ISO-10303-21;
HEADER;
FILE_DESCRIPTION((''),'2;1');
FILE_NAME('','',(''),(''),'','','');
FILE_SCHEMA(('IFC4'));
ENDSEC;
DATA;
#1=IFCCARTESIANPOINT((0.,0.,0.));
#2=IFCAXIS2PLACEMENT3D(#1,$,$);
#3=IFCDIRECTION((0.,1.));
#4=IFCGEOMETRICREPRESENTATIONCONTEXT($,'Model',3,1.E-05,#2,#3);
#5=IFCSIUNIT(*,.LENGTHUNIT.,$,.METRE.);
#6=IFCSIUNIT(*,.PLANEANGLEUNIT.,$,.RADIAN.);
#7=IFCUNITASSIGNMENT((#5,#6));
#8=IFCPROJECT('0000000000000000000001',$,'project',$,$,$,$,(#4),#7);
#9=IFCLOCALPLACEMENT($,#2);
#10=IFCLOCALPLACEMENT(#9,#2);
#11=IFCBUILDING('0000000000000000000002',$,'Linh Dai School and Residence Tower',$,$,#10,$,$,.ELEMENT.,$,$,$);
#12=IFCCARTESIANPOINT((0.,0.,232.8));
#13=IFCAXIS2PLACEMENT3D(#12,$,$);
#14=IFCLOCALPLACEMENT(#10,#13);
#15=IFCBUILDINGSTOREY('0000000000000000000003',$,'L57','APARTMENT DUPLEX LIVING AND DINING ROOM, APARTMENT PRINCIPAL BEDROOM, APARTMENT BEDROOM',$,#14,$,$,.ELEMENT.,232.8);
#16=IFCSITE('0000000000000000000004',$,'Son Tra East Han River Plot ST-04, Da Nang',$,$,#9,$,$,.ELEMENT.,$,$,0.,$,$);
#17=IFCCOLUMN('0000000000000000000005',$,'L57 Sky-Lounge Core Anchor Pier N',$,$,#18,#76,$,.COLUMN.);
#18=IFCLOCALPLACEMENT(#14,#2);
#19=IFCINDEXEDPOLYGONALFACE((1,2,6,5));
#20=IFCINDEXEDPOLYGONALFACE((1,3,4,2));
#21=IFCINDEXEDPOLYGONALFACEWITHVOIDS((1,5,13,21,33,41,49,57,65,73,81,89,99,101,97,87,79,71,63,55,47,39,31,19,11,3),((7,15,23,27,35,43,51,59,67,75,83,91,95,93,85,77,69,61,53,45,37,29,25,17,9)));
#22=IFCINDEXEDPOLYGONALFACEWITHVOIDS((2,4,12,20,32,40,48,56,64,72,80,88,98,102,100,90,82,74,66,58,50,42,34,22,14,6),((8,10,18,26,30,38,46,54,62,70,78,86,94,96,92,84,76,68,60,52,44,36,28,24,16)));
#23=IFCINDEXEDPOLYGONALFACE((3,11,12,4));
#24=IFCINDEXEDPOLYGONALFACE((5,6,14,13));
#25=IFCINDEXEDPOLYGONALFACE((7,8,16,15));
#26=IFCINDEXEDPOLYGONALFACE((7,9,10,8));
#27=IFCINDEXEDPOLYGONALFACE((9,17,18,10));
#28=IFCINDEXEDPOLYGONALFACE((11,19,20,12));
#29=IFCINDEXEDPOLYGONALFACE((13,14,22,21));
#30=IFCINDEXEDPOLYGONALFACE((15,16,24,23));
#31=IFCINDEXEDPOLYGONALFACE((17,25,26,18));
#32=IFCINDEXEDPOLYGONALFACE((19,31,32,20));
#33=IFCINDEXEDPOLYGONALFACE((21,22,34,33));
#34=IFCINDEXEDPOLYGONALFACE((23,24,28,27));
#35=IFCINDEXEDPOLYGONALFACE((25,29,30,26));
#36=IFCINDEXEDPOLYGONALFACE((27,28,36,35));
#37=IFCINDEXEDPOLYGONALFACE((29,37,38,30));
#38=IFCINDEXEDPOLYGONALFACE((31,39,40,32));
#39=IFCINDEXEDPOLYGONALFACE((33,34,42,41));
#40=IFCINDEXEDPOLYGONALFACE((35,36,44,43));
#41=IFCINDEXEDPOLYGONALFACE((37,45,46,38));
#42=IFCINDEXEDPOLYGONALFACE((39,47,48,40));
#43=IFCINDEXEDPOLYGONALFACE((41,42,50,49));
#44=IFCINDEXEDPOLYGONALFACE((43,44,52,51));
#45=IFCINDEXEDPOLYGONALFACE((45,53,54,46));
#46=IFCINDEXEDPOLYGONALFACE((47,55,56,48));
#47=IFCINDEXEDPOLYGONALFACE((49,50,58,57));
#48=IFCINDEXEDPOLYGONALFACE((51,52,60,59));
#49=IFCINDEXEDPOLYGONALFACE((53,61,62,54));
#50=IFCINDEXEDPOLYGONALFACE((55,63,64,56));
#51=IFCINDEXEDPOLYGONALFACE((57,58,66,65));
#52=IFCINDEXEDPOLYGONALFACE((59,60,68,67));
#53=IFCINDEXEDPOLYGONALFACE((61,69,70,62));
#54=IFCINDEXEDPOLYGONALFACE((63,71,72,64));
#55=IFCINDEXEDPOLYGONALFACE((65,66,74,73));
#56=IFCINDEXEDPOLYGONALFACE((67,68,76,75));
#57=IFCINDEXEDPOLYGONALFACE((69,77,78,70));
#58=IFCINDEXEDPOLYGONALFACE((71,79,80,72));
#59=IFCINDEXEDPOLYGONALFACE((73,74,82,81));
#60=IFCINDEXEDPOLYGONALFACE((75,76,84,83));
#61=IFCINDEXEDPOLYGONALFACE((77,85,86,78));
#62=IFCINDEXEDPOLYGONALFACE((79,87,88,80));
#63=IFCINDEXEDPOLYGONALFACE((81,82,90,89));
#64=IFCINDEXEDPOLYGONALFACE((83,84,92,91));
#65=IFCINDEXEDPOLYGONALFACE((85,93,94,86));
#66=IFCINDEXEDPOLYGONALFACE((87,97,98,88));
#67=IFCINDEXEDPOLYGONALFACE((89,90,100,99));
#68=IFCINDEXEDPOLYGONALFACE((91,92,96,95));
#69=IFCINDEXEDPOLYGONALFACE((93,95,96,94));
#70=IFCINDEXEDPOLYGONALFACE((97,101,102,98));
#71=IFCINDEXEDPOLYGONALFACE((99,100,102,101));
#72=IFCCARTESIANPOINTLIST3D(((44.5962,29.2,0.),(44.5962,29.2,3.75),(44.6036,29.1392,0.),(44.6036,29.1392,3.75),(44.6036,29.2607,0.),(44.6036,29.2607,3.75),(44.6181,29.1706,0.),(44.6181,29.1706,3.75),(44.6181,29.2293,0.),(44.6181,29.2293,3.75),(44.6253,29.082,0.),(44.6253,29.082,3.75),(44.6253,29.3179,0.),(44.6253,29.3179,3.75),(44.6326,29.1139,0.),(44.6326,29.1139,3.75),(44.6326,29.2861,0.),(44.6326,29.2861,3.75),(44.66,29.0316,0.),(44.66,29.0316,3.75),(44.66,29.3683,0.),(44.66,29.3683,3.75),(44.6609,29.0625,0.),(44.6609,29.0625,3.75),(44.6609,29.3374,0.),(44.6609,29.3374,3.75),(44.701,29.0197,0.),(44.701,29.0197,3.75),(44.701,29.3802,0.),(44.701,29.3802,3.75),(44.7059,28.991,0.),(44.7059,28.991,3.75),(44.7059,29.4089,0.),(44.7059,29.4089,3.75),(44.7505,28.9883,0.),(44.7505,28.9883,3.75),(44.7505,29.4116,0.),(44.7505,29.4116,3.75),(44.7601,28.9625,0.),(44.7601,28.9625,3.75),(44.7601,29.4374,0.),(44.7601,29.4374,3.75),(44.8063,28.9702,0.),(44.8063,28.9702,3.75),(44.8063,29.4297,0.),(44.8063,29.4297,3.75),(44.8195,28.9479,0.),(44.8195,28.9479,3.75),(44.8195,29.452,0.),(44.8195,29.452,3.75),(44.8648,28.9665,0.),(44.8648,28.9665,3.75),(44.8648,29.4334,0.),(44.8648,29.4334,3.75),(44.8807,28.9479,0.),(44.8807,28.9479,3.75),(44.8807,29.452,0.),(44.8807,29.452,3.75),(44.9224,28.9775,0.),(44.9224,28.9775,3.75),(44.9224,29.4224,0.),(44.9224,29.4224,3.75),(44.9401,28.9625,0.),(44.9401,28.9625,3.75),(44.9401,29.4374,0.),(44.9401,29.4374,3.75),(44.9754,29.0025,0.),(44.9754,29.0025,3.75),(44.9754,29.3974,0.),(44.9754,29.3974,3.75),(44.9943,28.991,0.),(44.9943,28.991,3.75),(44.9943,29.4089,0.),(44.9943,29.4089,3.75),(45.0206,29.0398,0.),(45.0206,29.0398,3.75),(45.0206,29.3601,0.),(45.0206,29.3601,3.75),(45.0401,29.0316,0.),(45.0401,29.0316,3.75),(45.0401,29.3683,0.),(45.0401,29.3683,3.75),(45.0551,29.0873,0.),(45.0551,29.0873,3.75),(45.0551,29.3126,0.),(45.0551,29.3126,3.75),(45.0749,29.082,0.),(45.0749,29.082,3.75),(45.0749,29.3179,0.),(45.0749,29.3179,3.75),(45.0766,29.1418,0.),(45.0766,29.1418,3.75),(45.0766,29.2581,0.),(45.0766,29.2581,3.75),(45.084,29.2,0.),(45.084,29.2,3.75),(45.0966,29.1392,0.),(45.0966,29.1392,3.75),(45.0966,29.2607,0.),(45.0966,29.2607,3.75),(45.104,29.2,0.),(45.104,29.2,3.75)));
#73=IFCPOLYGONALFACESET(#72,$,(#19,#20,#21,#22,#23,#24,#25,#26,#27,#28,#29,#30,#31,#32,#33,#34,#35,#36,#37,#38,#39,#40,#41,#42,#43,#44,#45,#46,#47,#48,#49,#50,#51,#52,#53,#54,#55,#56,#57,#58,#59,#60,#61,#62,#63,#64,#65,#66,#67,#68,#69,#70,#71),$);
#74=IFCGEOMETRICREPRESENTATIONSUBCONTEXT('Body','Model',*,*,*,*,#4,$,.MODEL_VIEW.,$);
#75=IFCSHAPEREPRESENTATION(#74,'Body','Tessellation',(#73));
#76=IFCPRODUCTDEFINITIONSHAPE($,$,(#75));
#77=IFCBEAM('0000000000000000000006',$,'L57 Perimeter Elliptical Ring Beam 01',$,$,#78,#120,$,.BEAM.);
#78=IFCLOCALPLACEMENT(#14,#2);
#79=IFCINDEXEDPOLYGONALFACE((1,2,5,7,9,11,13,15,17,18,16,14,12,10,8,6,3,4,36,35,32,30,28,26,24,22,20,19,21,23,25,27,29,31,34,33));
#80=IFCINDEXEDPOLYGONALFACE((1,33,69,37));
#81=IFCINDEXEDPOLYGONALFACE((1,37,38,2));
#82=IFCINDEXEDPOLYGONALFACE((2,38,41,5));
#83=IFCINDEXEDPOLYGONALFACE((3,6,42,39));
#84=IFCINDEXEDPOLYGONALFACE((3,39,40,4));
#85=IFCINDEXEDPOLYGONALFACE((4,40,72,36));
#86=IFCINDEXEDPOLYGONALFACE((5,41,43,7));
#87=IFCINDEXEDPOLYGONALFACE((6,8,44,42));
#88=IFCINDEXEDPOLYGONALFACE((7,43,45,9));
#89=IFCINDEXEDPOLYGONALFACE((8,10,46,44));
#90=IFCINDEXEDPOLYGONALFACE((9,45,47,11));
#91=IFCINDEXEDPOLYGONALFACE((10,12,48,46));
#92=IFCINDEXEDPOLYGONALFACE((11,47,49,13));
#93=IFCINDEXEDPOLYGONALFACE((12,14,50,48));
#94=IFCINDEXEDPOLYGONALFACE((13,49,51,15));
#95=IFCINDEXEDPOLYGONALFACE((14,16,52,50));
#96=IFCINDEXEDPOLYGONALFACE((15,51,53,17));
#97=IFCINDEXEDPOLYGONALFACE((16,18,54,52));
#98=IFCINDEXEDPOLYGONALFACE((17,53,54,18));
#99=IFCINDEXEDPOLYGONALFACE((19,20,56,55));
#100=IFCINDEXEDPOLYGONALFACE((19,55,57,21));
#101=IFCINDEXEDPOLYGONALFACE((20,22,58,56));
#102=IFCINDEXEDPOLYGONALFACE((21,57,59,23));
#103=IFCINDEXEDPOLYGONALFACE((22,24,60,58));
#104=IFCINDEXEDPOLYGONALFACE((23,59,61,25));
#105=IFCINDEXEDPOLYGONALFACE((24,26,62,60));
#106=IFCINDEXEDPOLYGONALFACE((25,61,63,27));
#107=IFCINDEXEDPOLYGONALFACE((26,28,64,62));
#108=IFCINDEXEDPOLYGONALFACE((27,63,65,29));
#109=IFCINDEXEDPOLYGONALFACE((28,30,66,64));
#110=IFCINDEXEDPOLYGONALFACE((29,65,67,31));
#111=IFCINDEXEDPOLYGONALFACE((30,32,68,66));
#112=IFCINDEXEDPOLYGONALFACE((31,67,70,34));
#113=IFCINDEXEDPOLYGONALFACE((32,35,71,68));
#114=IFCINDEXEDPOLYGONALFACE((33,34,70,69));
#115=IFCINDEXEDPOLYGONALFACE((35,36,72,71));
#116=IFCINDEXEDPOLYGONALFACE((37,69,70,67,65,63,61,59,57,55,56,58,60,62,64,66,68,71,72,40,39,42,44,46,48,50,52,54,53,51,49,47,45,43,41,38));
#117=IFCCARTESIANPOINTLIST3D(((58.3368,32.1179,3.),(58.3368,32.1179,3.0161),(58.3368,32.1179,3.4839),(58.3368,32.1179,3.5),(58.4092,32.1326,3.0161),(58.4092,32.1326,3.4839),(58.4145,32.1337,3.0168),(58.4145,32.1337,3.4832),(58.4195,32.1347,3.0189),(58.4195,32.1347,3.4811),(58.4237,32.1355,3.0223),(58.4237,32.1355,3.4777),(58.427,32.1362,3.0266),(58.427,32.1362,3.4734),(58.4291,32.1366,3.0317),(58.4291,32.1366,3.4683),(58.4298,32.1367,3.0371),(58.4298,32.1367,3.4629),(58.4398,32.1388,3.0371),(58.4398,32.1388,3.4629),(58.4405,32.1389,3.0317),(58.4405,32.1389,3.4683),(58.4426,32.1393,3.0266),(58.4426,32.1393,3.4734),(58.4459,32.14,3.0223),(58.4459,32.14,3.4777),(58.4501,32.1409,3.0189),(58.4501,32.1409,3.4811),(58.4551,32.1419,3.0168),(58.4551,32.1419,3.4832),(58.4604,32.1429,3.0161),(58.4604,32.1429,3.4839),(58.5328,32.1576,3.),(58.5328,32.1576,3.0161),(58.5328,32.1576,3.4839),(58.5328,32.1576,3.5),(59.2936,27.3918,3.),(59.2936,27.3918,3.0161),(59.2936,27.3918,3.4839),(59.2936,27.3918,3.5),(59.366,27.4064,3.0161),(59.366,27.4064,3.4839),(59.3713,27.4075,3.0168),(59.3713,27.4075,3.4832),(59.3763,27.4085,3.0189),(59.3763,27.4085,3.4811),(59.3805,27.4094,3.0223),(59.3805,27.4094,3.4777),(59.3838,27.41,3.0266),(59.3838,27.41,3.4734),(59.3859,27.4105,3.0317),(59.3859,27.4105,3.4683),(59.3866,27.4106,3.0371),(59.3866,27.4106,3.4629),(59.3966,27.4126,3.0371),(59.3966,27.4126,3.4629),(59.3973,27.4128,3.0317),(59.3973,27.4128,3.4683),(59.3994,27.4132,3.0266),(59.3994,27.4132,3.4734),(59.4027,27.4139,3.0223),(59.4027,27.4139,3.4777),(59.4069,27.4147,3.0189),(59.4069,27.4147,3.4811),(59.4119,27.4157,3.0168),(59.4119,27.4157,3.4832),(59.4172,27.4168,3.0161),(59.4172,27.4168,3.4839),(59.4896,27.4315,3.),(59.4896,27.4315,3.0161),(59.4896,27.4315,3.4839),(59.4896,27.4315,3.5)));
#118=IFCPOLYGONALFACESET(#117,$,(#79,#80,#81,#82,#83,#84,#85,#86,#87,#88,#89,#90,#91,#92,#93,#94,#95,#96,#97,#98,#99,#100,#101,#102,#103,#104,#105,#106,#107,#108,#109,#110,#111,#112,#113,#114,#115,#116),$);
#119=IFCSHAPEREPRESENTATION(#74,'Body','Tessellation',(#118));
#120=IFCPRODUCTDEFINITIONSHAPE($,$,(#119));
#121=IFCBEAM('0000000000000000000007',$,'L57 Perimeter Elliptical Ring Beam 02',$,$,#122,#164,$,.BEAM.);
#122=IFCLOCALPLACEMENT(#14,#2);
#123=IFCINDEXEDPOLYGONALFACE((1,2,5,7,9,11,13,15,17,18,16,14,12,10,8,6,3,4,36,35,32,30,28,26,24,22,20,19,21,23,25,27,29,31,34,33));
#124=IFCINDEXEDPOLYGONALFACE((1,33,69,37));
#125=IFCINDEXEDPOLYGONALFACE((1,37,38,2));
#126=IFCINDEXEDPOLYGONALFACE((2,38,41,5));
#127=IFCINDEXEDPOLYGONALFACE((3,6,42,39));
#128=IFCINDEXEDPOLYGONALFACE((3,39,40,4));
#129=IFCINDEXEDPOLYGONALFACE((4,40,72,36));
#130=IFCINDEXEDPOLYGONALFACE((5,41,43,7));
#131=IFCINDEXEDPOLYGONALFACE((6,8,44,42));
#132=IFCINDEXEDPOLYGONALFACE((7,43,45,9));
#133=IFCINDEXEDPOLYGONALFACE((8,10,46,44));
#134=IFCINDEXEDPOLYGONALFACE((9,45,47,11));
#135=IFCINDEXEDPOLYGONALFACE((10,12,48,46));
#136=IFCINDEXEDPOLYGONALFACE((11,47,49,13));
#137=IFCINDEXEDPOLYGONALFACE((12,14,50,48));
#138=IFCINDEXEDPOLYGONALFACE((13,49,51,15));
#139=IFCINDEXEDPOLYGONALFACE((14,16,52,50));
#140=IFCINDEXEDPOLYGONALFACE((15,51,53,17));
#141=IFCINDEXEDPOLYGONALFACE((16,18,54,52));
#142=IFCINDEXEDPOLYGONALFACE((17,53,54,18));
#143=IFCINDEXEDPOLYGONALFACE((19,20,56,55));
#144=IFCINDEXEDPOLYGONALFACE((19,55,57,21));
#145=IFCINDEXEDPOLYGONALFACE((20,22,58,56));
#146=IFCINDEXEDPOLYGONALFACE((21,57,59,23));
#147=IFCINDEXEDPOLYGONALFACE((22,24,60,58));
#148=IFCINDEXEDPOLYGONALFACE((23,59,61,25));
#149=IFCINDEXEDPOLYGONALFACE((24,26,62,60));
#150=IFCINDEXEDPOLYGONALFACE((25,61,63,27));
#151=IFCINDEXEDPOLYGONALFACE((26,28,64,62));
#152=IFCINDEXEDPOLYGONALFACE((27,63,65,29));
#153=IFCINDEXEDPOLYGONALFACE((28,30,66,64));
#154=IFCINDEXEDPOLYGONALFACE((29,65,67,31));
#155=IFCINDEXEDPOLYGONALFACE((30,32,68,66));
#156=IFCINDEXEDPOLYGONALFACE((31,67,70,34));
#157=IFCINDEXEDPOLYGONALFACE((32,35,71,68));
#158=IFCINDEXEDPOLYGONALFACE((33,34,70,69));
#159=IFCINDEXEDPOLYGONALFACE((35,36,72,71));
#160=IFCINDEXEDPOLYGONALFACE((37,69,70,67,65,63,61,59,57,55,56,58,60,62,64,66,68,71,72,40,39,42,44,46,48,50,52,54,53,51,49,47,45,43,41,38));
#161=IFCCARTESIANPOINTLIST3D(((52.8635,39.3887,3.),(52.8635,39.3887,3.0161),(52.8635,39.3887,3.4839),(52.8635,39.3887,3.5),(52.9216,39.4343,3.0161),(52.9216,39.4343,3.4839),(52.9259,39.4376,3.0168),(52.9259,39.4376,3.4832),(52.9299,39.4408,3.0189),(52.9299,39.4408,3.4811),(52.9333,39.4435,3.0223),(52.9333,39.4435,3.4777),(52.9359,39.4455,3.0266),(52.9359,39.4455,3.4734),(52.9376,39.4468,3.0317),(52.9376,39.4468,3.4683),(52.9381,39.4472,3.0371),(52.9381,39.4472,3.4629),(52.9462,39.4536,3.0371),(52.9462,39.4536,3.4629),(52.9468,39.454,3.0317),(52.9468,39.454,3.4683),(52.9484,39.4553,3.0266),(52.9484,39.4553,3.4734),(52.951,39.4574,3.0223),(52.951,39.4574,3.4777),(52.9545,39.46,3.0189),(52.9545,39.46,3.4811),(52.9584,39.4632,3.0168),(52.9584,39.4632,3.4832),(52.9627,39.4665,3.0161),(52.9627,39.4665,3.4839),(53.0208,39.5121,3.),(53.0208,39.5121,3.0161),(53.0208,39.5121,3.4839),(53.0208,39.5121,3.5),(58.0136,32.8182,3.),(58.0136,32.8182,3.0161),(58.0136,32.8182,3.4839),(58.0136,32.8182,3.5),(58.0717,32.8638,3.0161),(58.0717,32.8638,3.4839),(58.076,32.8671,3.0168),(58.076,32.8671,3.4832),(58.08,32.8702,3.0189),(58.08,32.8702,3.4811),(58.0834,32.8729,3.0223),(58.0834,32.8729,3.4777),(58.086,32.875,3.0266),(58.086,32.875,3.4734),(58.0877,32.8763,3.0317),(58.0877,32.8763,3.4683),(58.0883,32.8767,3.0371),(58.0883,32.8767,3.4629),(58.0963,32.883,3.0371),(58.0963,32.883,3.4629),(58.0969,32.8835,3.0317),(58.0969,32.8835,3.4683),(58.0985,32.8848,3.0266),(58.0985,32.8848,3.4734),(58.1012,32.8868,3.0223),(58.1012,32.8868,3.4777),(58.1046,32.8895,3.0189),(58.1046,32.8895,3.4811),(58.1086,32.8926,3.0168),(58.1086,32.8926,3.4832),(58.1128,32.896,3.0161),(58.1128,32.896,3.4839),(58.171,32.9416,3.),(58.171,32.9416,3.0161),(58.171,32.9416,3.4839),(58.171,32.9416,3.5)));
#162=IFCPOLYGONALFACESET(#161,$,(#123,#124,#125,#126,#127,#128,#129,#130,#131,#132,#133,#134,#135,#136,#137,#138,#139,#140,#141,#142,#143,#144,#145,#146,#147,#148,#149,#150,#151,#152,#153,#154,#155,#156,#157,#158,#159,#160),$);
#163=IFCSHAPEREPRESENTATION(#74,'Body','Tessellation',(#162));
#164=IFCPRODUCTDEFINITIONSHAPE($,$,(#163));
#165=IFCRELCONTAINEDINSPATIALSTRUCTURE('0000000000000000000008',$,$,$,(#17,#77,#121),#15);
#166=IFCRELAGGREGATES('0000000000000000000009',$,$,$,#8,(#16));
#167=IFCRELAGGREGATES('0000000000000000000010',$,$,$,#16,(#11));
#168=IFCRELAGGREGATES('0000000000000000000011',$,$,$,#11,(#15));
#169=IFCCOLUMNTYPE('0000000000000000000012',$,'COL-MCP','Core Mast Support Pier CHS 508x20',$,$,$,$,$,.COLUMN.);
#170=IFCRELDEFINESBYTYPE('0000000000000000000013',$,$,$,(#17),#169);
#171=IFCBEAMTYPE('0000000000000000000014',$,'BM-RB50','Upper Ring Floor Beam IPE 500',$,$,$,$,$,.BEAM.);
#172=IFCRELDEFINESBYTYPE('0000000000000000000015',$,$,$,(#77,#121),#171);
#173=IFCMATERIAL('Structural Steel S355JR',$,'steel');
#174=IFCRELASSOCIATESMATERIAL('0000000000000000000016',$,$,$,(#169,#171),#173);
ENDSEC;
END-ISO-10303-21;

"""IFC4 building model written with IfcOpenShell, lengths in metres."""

from ifc_helpers import new_model, si_unit, direction, frame, origin, origin_2d, place, context, subcontext, project, spatial, hollow_circle, i_section, extrude, material, material_profile, profile_set, type_object, element, save


model = new_model("IFC4")

# Units and contexts
model_context = context("Model", 3, precision=1e-05, world=origin(), true_north=direction((0.0, 1.0)))
body_context = subcontext(model_context, "Body", "Model", "MODEL_VIEW")
ifc_project = project(units=[si_unit("LENGTHUNIT", "METRE"), si_unit("PLANEANGLEUNIT", "RADIAN")], contexts=[model_context])

# Site, building, storey
site_placement = place(None, origin())
site = spatial("IfcSite", under=ifc_project, at=site_placement, Name="Son Tra East Han River Plot ST-04, Da Nang", CompositionType="ELEMENT", RefElevation=0.0)
building_placement = place(site_placement, origin())
building = spatial("IfcBuilding", under=site, at=building_placement, Name="Linh Dai School and Residence Tower", CompositionType="ELEMENT")
storey_placement = place(building_placement, frame((0.0, 0.0, 232.8)))
storey = spatial("IfcBuildingStorey", under=building, at=storey_placement, Name="L57", Description="APARTMENT DUPLEX LIVING AND DINING ROOM, APARTMENT PRINCIPAL BEDROOM, APARTMENT BEDROOM", CompositionType="ELEMENT", Elevation=232.8)

# Column
ifc_material_1 = material(Name="Structural Steel S355JR", Category="steel")
ifc_material_profile_1 = material_profile(ifc_material_1, hollow_circle(Radius=0.2539, WallThickness=0.02, at=origin_2d()), Name="CHS 508x20")
ifc_profile_set_1 = profile_set([ifc_material_profile_1], Name="Structural Steel S355JR")
column_type_1 = type_object("IfcColumnType", Name="COL-MCP", Description="Core Mast Support Pier CHS 508x20", PredefinedType="COLUMN", material=ifc_profile_set_1)
column_1_placement = place(storey_placement, frame((44.8501, 29.2, 0.0), z_axis=(0.0, 0.0, 1.0), x_axis=(1.0, 0.0, 0.0)))
element("IfcColumn", 1, at=column_1_placement, inside=storey, type_object=column_type_1, Name="L57 Sky-Lounge Core Anchor Pier N", PredefinedType="COLUMN", context=body_context, shape_type="SweptSolid", body=[
    extrude(hollow_circle(Radius=0.2539, WallThickness=0.02, at=origin_2d()), origin(), (0.0, 0.0, 1.0), 3.75),
])

# Beams
ifc_material_profile_2 = material_profile(ifc_material_1, i_section(OverallWidth=0.2, OverallDepth=0.5, WebThickness=0.0103, FlangeThickness=0.0161, FilletRadius=0.021, at=origin_2d()), Name="IPE 500")
ifc_profile_set_2 = profile_set([ifc_material_profile_2], Name="Structural Steel S355JR")
beam_type_1 = type_object("IfcBeamType", Name="BM-RB50", Description="Upper Ring Floor Beam IPE 500", PredefinedType="BEAM", material=ifc_profile_set_2)
beam_1_placement = place(storey_placement, frame((59.3916, 27.4116, 3.25), z_axis=(-0.198423, 0.980116, 0.0), x_axis=(-0.980116, -0.198423, 0.0)))
element("IfcBeam", 2, at=beam_1_placement, inside=storey, type_object=beam_type_1, Name="L57 Perimeter Elliptical Ring Beam 01", PredefinedType="BEAM", context=body_context, shape_type="SweptSolid", body=[
    extrude(i_section(OverallWidth=0.2, OverallDepth=0.5, WebThickness=0.0103, FlangeThickness=0.0161, FilletRadius=0.021, at=origin_2d()), origin(), (0.0, 0.0, 1.0), 4.822),
])
beam_2_placement = place(storey_placement, frame((58.0923, 32.8799, 3.25), z_axis=(-0.6169, 0.787041, 0.0), x_axis=(-0.787041, -0.6169, 0.0)))
element("IfcBeam", 3, at=beam_2_placement, inside=storey, type_object=beam_type_1, Name="L57 Perimeter Elliptical Ring Beam 02", PredefinedType="BEAM", context=body_context, shape_type="SweptSolid", body=[
    extrude(i_section(OverallWidth=0.2, OverallDepth=0.5, WebThickness=0.0103, FlangeThickness=0.0161, FilletRadius=0.021, at=origin_2d()), origin(), (0.0, 0.0, 1.0), 8.3484),
])

save(model, "model.ifc")
